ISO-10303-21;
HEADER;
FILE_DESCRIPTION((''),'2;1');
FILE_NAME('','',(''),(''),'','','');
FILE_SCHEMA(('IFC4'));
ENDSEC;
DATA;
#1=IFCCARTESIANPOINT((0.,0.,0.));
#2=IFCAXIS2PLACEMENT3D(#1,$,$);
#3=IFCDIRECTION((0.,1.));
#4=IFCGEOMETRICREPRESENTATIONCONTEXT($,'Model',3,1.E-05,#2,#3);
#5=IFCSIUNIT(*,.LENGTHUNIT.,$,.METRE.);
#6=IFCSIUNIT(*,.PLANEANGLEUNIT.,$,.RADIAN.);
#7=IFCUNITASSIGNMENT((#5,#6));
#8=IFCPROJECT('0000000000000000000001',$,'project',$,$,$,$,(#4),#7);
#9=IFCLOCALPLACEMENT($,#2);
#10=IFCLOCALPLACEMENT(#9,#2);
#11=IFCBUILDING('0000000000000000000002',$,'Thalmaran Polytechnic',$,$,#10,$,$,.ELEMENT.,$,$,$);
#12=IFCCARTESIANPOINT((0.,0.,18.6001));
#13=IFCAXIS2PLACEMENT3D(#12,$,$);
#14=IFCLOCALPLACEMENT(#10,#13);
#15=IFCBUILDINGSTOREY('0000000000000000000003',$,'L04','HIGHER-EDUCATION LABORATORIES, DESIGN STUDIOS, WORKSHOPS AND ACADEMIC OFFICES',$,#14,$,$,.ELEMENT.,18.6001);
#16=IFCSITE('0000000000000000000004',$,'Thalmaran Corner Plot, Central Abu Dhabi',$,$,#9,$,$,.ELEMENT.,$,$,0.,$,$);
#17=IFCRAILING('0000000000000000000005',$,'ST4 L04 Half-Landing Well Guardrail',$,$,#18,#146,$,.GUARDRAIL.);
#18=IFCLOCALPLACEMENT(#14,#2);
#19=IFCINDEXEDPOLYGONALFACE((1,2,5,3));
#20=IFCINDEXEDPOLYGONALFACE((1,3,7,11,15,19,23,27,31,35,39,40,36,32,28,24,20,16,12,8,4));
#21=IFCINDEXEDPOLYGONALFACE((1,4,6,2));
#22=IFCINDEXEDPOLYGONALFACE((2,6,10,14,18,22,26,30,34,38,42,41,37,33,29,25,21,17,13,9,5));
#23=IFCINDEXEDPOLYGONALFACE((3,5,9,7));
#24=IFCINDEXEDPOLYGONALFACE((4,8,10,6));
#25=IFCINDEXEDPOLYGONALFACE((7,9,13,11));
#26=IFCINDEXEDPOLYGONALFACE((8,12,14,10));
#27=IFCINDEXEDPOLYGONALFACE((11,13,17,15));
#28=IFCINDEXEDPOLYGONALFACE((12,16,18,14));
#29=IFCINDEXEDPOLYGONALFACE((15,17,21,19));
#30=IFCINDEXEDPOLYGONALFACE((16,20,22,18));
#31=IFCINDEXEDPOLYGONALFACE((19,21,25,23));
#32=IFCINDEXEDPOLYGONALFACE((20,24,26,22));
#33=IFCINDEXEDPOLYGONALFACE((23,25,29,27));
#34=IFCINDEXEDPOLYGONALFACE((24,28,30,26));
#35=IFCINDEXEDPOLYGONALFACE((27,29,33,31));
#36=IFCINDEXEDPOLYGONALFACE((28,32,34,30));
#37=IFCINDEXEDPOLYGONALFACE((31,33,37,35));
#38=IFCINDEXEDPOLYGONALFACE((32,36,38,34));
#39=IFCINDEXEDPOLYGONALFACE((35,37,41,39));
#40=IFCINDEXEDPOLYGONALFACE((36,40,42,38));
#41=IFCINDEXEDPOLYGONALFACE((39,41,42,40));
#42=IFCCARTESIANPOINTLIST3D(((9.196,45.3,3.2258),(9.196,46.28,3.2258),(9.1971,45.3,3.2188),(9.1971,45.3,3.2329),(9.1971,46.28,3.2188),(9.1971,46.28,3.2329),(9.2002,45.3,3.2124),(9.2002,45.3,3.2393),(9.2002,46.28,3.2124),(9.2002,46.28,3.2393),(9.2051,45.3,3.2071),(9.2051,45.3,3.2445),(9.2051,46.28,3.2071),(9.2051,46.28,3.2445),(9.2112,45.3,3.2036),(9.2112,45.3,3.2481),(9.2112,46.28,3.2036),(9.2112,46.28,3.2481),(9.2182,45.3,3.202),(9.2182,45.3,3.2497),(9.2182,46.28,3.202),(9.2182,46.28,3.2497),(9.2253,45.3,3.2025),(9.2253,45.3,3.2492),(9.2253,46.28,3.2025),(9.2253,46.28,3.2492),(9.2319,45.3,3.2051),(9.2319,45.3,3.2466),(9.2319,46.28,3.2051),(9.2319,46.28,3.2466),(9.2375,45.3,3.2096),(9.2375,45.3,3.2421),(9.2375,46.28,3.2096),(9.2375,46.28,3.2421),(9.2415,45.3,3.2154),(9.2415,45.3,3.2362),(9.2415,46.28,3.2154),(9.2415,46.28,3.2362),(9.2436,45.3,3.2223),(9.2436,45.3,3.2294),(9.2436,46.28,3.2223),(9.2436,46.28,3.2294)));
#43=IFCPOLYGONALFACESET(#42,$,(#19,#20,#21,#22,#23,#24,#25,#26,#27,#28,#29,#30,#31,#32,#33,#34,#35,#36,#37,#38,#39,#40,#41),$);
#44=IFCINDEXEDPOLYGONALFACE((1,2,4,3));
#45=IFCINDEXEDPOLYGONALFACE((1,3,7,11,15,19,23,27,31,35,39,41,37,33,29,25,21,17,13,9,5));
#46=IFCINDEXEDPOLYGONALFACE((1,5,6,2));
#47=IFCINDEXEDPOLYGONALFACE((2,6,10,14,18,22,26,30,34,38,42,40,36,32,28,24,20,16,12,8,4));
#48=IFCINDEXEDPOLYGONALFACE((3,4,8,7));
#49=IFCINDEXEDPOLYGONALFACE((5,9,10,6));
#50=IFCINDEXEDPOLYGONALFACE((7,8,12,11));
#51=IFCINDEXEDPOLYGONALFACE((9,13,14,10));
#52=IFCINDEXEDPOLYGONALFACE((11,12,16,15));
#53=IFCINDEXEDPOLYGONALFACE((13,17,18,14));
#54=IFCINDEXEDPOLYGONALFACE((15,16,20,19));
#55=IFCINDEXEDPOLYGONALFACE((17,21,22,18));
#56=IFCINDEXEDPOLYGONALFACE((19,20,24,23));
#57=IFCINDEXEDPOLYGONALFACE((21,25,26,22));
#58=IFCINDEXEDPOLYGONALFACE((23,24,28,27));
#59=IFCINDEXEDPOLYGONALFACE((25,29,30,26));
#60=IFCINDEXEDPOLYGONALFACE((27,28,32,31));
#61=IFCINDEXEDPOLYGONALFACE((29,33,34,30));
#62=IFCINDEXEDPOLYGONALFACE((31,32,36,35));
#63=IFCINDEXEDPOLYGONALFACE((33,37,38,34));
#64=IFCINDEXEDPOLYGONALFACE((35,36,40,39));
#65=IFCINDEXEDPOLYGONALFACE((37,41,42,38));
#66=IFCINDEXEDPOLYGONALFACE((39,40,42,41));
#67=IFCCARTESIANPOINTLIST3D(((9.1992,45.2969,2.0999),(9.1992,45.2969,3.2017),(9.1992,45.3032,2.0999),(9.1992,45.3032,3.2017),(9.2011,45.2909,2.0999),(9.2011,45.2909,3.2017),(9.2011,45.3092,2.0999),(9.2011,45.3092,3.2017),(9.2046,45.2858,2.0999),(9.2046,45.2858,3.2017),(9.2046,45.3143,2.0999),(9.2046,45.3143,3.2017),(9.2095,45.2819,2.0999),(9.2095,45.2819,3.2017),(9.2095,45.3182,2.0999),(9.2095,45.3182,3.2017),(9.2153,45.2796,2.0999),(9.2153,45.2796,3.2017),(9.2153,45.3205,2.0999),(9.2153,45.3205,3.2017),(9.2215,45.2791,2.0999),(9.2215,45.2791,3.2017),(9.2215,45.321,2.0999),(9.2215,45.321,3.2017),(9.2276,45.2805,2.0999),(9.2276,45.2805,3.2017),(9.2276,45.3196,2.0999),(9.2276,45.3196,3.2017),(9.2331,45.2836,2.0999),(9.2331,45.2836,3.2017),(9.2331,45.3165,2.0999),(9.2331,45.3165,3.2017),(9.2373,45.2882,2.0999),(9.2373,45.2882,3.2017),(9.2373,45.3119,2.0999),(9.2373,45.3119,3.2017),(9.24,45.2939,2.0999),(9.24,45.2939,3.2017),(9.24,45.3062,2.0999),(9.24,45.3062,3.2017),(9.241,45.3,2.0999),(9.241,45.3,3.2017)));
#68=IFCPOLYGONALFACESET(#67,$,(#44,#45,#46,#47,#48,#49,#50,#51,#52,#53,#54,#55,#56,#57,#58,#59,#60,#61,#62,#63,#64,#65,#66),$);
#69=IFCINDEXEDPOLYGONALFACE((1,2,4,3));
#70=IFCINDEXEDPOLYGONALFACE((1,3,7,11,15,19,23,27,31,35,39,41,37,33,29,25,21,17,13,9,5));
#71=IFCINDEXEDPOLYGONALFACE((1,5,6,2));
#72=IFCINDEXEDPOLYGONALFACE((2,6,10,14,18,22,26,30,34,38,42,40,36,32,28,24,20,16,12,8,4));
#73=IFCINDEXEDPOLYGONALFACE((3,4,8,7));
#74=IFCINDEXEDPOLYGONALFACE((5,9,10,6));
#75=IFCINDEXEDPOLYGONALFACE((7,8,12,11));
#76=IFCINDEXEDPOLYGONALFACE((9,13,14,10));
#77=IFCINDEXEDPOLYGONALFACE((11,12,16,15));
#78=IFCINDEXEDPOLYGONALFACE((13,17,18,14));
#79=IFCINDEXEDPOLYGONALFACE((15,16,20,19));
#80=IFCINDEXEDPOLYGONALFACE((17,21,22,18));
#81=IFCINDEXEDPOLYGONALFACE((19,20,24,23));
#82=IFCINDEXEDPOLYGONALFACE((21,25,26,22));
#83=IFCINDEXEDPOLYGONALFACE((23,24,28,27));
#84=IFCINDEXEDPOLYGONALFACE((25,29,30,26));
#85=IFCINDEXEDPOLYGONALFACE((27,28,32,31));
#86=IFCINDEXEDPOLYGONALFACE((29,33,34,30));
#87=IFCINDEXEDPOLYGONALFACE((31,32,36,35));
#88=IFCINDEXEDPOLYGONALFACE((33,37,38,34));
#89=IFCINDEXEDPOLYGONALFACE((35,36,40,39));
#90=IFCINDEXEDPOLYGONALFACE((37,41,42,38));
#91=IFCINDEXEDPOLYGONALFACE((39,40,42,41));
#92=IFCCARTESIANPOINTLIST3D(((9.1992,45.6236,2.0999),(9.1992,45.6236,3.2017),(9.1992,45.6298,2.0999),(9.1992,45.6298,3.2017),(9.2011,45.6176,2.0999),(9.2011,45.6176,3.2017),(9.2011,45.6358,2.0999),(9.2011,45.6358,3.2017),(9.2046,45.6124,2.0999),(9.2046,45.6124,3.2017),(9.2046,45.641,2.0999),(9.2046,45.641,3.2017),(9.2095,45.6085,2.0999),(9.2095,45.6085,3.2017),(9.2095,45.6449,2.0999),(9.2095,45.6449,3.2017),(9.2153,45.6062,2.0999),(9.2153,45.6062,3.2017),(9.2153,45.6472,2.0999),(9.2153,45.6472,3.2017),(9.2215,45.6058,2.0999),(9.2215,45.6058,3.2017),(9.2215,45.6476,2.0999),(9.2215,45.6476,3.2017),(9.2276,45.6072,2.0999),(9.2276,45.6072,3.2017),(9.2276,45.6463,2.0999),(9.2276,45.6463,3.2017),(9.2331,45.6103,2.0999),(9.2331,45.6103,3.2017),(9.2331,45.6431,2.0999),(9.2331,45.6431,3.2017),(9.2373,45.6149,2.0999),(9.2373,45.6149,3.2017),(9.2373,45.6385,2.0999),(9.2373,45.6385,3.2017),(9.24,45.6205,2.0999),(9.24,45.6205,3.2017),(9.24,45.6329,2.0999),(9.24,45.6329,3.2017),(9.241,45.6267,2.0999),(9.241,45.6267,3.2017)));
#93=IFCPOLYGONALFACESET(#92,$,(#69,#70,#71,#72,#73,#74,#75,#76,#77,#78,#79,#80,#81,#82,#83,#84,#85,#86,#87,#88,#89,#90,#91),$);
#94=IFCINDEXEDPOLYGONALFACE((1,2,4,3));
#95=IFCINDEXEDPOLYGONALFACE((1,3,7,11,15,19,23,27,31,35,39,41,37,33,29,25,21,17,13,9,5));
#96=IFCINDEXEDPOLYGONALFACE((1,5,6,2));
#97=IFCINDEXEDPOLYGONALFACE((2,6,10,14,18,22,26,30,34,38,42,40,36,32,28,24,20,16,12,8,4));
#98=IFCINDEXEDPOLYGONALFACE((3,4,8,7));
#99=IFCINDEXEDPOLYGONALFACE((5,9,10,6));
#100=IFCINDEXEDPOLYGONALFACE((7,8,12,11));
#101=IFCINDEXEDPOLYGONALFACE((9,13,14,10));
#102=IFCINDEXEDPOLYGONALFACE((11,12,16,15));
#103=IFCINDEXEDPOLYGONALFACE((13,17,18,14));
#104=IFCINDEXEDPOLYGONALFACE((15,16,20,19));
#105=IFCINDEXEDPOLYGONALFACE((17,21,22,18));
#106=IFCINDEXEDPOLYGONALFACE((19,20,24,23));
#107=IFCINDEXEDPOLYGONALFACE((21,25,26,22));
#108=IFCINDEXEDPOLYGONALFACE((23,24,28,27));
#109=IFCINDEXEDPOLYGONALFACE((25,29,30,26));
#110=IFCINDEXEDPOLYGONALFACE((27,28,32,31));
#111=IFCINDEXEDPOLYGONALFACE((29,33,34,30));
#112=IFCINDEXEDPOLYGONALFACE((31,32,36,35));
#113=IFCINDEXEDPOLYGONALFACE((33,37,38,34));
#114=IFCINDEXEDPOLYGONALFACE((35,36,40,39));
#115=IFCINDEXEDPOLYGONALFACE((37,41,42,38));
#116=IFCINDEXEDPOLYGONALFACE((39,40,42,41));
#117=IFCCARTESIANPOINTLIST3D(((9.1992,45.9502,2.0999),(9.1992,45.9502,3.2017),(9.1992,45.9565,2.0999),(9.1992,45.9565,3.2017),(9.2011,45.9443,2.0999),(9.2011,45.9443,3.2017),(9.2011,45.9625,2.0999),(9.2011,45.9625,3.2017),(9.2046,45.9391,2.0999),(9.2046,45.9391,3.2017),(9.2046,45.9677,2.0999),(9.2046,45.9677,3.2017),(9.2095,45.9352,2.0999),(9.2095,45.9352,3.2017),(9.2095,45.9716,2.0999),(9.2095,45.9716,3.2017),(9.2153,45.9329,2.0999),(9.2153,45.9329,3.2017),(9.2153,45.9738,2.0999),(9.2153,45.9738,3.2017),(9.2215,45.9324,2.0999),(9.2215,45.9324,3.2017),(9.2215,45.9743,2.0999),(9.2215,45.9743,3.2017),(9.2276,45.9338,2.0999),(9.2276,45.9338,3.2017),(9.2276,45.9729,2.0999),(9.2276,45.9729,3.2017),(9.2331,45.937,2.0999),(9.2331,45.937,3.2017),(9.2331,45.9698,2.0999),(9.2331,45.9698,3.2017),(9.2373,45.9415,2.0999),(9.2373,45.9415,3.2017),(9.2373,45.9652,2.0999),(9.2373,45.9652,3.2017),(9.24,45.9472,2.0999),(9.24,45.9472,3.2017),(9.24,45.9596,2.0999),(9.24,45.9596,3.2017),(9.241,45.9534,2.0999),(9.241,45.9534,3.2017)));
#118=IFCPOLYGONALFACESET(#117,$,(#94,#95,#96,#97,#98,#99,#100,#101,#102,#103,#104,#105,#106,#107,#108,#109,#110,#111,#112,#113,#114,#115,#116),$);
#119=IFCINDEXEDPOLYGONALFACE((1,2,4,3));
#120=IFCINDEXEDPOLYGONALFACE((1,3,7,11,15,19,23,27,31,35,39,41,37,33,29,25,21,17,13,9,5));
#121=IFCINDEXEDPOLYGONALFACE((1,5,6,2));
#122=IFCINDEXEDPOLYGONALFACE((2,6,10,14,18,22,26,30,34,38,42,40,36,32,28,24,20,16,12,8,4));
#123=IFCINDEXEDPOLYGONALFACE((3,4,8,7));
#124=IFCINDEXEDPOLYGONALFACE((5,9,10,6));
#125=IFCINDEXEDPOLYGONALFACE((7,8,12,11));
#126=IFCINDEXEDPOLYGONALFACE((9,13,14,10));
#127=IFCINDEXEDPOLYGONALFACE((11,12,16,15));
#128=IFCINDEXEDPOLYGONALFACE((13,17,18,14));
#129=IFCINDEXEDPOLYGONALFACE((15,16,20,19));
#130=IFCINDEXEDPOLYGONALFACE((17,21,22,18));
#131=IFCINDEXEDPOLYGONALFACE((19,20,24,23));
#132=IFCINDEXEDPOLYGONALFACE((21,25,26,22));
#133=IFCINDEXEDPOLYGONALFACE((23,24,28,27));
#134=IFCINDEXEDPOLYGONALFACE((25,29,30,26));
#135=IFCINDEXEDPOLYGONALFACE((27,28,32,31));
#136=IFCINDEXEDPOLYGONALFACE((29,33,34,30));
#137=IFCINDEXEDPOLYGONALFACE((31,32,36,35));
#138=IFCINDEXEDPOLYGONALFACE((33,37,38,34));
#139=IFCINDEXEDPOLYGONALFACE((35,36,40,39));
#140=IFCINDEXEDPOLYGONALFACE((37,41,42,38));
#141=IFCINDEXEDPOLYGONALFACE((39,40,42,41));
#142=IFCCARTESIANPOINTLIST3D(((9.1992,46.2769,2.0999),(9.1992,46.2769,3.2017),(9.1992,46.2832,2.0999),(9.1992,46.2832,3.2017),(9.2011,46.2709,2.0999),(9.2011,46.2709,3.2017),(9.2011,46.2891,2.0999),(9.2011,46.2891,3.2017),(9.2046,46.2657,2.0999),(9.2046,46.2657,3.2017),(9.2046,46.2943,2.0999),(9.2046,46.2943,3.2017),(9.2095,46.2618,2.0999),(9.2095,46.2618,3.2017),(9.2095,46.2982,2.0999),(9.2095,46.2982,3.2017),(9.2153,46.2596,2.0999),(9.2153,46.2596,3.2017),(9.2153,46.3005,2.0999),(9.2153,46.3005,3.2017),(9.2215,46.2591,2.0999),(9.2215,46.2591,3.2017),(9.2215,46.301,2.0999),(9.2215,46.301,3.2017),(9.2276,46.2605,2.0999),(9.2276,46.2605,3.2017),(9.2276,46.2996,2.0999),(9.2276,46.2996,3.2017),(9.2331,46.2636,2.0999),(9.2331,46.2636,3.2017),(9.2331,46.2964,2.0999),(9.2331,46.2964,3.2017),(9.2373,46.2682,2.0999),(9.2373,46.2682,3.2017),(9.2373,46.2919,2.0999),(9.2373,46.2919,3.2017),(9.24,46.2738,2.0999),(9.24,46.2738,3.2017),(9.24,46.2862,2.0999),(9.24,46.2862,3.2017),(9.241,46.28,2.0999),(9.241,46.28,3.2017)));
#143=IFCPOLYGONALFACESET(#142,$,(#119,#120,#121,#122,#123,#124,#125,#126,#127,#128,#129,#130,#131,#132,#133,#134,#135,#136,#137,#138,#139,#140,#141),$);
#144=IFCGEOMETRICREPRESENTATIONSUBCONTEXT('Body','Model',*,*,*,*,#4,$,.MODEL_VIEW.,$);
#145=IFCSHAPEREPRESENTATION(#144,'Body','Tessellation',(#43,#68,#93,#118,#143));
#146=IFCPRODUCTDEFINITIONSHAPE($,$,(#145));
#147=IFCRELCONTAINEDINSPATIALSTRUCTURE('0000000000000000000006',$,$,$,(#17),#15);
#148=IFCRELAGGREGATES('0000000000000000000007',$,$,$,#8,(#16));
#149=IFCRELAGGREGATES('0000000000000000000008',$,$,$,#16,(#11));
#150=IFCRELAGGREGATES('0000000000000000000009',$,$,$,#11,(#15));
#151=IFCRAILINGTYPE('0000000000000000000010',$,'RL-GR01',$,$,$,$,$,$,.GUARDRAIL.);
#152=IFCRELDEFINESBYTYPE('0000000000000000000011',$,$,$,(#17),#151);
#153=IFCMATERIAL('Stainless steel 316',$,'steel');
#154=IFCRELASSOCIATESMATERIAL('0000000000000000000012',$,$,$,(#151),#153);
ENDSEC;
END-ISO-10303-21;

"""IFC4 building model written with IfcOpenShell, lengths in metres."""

from ifc_helpers import new_model, si_unit, direction, frame, origin, origin_2d, place, context, subcontext, project, spatial, circle, extrude, material, type_object, element, save


model = new_model("IFC4")

# Units and contexts
model_context = context("Model", 3, precision=1e-05, world=origin(), true_north=direction((0.0, 1.0)))
body_context = subcontext(model_context, "Body", "Model", "MODEL_VIEW")
ifc_project = project(units=[si_unit("LENGTHUNIT", "METRE"), si_unit("PLANEANGLEUNIT", "RADIAN")], contexts=[model_context])

# Site, building, storey
site_placement = place(None, origin())
site = spatial("IfcSite", under=ifc_project, at=site_placement, Name="Thalmaran Corner Plot, Central Abu Dhabi", CompositionType="ELEMENT", RefElevation=0.0)
building_placement = place(site_placement, origin())
building = spatial("IfcBuilding", under=site, at=building_placement, Name="Thalmaran Polytechnic", CompositionType="ELEMENT")
storey_placement = place(building_placement, frame((0.0, 0.0, 18.6001)))
storey = spatial("IfcBuildingStorey", under=building, at=storey_placement, Name="L04", Description="HIGHER-EDUCATION LABORATORIES, DESIGN STUDIOS, WORKSHOPS AND ACADEMIC OFFICES", CompositionType="ELEMENT", Elevation=18.6001)

# Railing
ifc_material_1 = material(Name="Stainless steel 316", Category="steel")
railing_type_1 = type_object("IfcRailingType", Name="RL-GR01", PredefinedType="GUARDRAIL", material=ifc_material_1)
railing_1_placement = place(storey_placement, frame((9.22, 45.3, 2.0999)))
element("IfcRailing", 1, at=railing_1_placement, inside=storey, type_object=railing_type_1, Name="ST4 L04 Half-Landing Well Guardrail", PredefinedType="GUARDRAIL", context=body_context, shape_type="SweptSolid", body=[
    extrude(circle(Radius=0.0239, at=origin_2d()), frame((0.0, 0.0, 1.126), z_axis=(0.0, 1.0, 0.0), x_axis=(-1.0, 0.0, 0.0)), (0.0, 0.0, 1.0), 0.98),
    extrude(circle(Radius=0.021, at=origin_2d()), origin(), (0.0, 0.0, 1.0), 1.1018),
    extrude(circle(Radius=0.021, at=origin_2d()), frame((0.0, 0.3267, 0.0)), (0.0, 0.0, 1.0), 1.1018),
    extrude(circle(Radius=0.021, at=origin_2d()), frame((0.0, 0.6533, 0.0)), (0.0, 0.0, 1.0), 1.1018),
    extrude(circle(Radius=0.021, at=origin_2d()), frame((0.0, 0.98, 0.0)), (0.0, 0.0, 1.0), 1.1018),
])

save(model, "model.ifc")
